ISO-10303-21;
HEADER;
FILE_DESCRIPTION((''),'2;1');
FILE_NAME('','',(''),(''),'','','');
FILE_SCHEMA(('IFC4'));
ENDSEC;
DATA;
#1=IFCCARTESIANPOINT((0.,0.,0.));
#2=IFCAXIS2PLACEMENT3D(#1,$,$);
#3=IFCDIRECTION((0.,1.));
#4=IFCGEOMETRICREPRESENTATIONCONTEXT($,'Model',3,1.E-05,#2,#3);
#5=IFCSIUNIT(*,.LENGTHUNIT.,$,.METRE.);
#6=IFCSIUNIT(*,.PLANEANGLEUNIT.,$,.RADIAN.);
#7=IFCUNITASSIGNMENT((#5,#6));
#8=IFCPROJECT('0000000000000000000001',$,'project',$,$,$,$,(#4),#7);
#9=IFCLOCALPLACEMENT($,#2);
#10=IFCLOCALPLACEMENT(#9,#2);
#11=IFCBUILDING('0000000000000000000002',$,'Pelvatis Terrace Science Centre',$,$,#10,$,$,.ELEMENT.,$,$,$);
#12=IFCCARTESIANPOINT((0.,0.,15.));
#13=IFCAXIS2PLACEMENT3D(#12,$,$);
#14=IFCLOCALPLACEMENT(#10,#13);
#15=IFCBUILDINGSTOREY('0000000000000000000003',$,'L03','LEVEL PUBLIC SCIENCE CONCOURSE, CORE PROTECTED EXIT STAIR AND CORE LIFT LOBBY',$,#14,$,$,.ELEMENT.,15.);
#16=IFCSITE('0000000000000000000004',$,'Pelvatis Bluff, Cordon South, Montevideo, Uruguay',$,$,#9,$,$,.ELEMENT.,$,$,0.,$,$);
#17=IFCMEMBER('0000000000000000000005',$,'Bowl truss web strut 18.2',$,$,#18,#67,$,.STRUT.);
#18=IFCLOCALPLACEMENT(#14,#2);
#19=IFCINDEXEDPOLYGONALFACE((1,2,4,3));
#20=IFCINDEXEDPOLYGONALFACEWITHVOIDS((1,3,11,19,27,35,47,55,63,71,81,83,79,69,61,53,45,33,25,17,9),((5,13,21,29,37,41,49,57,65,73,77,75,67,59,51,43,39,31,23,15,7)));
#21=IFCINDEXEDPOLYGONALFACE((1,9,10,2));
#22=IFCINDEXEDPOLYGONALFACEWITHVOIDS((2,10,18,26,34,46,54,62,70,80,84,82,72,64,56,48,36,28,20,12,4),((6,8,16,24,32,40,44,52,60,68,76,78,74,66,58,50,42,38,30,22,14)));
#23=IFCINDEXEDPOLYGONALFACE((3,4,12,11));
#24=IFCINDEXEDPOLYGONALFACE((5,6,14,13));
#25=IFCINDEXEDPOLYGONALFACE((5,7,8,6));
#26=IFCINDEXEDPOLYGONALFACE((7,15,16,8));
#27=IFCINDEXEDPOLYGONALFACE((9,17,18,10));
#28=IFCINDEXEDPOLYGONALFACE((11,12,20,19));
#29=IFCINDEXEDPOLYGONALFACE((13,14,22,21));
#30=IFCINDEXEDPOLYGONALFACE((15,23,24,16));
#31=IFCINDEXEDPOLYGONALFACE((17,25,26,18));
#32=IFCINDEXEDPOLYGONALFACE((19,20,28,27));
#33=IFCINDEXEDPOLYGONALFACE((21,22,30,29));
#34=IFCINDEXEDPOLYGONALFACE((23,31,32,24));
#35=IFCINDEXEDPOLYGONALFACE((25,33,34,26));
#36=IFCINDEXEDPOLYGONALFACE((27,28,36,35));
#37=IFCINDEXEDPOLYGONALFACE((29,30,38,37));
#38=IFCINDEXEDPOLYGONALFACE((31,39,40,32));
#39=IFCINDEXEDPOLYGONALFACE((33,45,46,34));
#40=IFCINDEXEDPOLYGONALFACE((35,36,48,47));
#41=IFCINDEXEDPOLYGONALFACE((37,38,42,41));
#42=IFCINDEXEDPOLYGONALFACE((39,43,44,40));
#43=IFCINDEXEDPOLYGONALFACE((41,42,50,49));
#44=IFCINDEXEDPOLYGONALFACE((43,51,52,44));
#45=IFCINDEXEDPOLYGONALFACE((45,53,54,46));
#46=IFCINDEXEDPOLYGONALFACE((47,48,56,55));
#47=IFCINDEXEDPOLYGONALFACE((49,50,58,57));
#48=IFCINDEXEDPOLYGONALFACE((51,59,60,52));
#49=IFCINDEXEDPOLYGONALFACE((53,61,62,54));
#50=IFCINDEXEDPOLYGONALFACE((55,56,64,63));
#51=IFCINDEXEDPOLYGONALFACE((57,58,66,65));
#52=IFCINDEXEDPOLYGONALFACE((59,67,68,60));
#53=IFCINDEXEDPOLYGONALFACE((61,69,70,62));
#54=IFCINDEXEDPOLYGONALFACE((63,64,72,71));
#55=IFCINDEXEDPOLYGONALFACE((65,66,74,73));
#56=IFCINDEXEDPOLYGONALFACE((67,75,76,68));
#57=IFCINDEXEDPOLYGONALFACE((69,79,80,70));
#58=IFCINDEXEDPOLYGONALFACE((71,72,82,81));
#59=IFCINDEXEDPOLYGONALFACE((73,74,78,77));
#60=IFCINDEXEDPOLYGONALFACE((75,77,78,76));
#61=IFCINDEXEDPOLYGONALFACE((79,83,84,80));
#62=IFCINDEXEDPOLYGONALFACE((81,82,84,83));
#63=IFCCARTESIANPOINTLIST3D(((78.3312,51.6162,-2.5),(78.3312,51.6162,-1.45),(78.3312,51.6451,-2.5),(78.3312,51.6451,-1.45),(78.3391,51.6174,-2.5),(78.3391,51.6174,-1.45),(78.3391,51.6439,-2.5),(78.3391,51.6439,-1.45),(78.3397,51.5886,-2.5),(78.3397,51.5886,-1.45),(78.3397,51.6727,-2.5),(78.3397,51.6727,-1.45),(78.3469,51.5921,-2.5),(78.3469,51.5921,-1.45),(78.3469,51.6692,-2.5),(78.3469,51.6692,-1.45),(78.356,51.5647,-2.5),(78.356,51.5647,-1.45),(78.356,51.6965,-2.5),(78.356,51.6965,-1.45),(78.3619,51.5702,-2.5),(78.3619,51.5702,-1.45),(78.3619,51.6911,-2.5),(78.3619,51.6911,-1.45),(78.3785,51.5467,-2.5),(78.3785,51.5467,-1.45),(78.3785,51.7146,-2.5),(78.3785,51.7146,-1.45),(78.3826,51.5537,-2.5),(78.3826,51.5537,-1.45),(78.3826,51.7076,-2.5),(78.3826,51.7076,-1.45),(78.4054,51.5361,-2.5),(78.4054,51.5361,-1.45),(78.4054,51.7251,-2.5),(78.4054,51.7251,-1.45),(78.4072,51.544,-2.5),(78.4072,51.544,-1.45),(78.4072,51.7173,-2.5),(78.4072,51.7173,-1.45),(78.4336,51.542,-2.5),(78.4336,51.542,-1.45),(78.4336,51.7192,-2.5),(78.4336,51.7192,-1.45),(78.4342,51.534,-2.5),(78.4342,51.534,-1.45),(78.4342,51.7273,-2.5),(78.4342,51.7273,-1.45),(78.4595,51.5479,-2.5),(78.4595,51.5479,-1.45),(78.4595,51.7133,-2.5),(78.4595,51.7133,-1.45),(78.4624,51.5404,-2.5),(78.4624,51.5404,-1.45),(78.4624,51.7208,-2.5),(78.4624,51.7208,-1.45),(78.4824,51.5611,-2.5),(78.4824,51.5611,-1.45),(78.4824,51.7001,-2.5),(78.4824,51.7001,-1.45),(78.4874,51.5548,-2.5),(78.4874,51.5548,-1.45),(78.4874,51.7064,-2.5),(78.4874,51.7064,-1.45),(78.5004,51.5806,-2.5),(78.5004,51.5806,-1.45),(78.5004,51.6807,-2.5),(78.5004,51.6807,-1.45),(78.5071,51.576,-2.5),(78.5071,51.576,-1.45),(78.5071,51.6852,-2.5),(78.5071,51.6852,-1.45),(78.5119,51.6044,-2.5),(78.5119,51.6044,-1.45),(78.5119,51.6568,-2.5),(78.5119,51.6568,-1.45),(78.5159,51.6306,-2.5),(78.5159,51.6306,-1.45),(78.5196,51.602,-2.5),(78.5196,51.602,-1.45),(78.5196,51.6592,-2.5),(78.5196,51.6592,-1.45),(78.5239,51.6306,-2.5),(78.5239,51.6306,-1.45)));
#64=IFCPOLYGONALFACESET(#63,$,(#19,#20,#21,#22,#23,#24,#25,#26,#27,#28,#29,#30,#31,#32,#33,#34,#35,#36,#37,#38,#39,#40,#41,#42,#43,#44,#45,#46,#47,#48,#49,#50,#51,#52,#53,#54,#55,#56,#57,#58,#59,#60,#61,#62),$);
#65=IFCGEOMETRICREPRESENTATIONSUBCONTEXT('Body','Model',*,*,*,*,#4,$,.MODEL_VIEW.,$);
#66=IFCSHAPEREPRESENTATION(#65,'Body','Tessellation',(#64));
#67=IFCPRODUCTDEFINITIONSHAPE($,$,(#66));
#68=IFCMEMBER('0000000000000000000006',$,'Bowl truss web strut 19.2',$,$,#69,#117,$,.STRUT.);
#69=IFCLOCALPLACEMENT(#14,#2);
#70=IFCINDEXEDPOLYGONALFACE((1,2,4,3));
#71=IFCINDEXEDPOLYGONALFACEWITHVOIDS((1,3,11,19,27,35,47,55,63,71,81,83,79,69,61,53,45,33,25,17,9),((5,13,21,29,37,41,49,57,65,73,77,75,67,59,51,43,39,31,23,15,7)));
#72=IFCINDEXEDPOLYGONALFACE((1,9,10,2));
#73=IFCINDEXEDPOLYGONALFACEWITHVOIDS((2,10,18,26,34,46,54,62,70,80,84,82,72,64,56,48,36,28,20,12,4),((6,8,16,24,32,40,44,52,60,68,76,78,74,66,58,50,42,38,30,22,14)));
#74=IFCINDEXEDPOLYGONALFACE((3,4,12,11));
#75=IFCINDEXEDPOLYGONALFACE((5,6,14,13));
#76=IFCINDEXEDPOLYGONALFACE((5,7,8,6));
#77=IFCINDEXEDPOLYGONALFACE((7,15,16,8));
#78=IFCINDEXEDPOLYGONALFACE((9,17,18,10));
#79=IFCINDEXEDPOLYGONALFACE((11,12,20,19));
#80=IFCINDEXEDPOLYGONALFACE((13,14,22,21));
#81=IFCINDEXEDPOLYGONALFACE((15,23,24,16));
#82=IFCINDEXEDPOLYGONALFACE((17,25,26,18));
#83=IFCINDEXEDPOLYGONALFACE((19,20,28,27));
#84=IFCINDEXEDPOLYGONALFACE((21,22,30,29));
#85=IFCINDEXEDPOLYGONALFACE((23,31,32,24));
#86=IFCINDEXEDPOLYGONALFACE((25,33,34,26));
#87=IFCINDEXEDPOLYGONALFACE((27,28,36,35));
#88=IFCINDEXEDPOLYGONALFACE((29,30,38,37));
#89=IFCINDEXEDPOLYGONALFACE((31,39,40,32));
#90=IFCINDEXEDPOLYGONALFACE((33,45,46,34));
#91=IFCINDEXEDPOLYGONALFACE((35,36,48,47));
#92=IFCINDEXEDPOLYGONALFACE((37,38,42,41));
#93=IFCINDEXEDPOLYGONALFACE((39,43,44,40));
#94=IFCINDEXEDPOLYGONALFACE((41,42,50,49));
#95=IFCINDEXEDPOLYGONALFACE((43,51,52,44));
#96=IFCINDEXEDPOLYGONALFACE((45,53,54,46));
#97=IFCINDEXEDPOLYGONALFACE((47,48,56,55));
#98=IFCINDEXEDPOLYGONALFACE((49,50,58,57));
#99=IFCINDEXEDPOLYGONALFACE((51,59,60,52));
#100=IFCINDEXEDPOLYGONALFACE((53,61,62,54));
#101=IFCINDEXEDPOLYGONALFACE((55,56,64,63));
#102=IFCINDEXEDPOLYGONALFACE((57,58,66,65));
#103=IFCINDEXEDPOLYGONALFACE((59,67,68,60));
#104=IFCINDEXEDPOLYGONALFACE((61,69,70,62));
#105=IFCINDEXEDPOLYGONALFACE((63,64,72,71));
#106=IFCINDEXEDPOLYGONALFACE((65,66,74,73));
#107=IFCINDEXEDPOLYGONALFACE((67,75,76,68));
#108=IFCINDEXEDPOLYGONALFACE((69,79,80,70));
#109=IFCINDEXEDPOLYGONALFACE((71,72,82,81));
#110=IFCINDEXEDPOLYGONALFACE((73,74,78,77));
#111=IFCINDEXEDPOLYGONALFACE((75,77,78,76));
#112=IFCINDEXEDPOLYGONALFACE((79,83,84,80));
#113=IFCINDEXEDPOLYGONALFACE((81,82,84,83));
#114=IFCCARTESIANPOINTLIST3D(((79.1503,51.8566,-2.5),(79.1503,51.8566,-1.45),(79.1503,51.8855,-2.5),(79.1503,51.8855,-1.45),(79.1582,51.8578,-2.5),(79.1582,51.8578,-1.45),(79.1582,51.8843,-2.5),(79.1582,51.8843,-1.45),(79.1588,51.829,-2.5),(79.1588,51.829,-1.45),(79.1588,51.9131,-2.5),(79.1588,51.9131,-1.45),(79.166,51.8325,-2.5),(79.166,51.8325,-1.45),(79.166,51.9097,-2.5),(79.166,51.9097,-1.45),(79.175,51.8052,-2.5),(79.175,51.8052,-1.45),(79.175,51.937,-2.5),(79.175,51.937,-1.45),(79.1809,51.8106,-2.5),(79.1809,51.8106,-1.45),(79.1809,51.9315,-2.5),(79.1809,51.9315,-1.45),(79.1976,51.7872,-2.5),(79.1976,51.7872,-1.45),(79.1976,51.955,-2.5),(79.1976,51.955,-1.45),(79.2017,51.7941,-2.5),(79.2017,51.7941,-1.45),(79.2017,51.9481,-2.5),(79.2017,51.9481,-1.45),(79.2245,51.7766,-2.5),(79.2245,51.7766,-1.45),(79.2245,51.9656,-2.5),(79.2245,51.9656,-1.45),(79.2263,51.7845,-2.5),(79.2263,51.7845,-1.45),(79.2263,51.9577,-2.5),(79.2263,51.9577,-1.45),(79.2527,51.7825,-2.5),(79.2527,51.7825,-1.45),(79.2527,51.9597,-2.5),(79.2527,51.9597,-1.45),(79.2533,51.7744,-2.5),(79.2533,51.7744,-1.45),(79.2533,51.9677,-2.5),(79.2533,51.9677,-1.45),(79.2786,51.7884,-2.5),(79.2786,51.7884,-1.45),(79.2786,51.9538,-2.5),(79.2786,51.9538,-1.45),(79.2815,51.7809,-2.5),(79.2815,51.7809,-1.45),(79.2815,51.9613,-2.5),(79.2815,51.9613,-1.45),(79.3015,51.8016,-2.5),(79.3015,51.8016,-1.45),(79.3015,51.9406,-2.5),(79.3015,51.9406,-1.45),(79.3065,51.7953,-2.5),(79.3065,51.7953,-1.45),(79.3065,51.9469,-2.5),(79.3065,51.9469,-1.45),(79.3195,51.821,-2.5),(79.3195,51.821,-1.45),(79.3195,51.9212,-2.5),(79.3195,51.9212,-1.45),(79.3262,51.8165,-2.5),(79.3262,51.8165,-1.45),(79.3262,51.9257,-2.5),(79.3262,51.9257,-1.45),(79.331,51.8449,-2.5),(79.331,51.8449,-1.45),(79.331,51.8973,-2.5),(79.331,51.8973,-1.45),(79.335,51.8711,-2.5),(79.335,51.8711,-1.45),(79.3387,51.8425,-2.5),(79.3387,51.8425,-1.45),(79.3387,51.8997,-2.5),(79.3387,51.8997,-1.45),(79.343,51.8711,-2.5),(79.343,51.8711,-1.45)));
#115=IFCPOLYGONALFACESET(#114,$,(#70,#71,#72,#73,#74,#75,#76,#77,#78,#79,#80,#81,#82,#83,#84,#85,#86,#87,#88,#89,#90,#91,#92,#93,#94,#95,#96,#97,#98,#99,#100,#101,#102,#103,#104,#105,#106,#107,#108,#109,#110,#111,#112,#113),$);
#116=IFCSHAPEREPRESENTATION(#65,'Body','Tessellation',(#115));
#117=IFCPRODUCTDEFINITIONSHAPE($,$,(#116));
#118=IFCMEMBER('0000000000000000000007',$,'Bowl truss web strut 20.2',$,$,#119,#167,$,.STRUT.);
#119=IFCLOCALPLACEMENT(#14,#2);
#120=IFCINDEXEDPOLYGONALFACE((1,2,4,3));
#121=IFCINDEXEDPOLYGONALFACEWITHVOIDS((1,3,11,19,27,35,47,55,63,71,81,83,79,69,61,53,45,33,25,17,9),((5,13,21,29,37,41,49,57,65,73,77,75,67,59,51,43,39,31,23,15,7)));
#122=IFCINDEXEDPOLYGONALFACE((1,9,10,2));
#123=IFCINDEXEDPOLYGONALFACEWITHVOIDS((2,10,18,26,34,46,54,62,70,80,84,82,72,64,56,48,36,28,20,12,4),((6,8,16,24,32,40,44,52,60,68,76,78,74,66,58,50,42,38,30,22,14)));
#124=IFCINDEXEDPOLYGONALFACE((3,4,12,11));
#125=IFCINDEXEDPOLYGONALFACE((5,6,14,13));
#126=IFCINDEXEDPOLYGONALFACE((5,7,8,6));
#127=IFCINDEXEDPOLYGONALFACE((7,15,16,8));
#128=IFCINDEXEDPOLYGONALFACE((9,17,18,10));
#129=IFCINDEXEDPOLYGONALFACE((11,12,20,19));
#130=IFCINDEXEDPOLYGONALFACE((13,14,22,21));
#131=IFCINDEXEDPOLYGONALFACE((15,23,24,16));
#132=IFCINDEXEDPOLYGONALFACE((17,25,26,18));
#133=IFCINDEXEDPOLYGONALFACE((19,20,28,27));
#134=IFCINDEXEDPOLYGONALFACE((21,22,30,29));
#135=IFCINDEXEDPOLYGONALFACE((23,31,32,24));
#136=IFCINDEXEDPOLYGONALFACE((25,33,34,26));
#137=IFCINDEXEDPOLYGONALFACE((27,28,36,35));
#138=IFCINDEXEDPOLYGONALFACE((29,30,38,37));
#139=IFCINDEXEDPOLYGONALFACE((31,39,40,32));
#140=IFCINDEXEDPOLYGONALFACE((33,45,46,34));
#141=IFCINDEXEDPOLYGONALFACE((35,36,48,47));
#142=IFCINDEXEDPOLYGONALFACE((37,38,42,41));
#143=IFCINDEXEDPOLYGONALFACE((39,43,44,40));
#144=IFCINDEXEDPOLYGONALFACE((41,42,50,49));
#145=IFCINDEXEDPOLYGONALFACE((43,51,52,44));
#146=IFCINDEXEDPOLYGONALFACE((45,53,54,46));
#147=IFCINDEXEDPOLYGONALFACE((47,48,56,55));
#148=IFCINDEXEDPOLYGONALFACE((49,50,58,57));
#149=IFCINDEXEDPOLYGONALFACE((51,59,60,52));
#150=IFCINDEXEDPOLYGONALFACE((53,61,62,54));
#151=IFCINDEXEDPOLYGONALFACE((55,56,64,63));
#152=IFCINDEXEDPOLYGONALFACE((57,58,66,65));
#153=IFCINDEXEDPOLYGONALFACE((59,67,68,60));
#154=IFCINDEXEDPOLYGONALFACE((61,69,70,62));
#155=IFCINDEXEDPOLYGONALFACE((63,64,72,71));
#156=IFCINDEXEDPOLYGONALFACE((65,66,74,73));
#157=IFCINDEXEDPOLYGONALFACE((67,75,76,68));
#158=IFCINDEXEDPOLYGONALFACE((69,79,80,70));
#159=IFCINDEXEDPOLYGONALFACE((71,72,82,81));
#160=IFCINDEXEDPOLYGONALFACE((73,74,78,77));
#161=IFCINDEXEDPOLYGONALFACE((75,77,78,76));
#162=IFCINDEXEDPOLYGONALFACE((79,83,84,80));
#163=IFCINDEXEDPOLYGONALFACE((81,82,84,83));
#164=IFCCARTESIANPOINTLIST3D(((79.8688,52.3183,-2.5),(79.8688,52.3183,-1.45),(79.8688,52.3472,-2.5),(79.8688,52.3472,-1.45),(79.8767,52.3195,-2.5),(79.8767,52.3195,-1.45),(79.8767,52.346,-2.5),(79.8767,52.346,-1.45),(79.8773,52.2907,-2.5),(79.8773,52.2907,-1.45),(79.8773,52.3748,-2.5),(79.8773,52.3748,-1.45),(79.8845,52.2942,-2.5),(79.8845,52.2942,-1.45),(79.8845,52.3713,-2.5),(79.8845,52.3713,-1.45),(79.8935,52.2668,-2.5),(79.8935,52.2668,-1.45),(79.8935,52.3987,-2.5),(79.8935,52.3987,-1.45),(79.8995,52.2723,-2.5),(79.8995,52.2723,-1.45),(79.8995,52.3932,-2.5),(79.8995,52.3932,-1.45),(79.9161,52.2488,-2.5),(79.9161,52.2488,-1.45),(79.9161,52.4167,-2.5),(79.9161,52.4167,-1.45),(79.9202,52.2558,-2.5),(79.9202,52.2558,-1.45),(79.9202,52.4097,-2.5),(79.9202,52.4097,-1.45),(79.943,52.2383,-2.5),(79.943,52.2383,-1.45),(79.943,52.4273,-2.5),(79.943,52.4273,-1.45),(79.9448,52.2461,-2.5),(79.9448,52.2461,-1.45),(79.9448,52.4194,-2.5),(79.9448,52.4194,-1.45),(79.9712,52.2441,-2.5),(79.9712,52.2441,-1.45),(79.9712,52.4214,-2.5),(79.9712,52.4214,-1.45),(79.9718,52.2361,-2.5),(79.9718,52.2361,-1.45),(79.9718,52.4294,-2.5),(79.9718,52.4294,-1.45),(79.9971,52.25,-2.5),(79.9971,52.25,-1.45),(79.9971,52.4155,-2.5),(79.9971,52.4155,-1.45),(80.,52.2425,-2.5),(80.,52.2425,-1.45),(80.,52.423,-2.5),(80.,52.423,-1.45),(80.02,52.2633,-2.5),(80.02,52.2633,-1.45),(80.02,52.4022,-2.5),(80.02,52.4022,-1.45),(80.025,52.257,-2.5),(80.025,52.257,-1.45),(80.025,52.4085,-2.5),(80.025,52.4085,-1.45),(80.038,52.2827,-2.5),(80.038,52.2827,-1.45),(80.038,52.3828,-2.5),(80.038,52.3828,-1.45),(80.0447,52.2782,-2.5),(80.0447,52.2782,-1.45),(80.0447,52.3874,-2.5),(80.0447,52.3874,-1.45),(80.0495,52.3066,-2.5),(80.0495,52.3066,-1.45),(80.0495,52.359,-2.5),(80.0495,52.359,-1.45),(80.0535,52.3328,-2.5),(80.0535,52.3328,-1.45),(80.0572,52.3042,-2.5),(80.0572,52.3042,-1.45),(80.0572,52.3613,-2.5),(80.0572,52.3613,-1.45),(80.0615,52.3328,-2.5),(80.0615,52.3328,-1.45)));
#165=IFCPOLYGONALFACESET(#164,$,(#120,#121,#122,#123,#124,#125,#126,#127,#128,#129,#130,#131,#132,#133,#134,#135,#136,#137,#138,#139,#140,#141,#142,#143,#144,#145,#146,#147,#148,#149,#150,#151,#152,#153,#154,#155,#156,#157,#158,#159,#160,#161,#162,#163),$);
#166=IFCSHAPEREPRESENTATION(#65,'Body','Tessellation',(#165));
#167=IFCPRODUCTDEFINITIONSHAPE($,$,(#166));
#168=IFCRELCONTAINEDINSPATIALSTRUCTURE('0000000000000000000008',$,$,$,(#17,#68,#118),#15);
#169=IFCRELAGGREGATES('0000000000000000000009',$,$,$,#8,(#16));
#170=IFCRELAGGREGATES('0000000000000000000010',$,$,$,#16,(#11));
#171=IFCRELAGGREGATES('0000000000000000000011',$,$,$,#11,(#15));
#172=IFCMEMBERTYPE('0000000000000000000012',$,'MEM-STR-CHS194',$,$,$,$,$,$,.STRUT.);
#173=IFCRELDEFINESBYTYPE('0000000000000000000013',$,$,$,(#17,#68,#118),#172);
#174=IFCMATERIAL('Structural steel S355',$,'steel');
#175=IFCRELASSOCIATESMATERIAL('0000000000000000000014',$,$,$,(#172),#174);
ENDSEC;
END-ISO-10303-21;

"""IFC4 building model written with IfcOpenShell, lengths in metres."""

from ifc_helpers import new_model, si_unit, direction, frame, origin, origin_2d, place, context, subcontext, project, spatial, hollow_circle, extrude, material, material_profile, profile_set, type_object, element, save


model = new_model("IFC4")

# Units and contexts
model_context = context("Model", 3, precision=1e-05, world=origin(), true_north=direction((0.0, 1.0)))
body_context = subcontext(model_context, "Body", "Model", "MODEL_VIEW")
ifc_project = project(units=[si_unit("LENGTHUNIT", "METRE"), si_unit("PLANEANGLEUNIT", "RADIAN")], contexts=[model_context])

# Site, building, storey
site_placement = place(None, origin())
site = spatial("IfcSite", under=ifc_project, at=site_placement, Name="Pelvatis Bluff, Cordon South, Montevideo, Uruguay", CompositionType="ELEMENT", RefElevation=0.0)
building_placement = place(site_placement, origin())
building = spatial("IfcBuilding", under=site, at=building_placement, Name="Pelvatis Terrace Science Centre", CompositionType="ELEMENT")
storey_placement = place(building_placement, frame((0.0, 0.0, 15.0)))
storey = spatial("IfcBuildingStorey", under=building, at=storey_placement, Name="L03", Description="LEVEL PUBLIC SCIENCE CONCOURSE, CORE PROTECTED EXIT STAIR AND CORE LIFT LOBBY", CompositionType="ELEMENT", Elevation=15.0)

# Members
ifc_material_1 = material(Name="Structural steel S355", Category="steel")
ifc_material_profile_1 = material_profile(ifc_material_1, hollow_circle(Radius=0.0969, WallThickness=0.0081, at=origin_2d()), Name="CHS 193.7x8.0")
ifc_profile_set_1 = profile_set([ifc_material_profile_1], Name="Structural steel S355")
member_type_1 = type_object("IfcMemberType", Name="MEM-STR-CHS194", PredefinedType="STRUT", material=ifc_profile_set_1)
for number, where, z_axis, x_axis, name in (
    (1, (78.427, 51.6306, -2.5), (0.0, 0.0, 1.0), (1.0, 0.0, 0.0), "Bowl truss web strut 18.2"),
    (2, (79.2461, 51.8711, -2.5), (0.0, 0.0, 1.0), (1.0, 0.0, 0.0), "Bowl truss web strut 19.2"),
    (3, (79.9646, 52.3328, -2.5), (0.0, 0.0, 1.0), (1.0, 0.0, 0.0), "Bowl truss web strut 20.2"),
):
    element("IfcMember", number, at=place(storey_placement, frame(where, z_axis=z_axis, x_axis=x_axis)), inside=storey, type_object=member_type_1, Name=name, PredefinedType="STRUT", context=body_context, shape_type="SweptSolid", body=[
        extrude(hollow_circle(Radius=0.0969, WallThickness=0.0081, at=origin_2d()), origin(), (0.0, 0.0, 1.0), 1.05),
    ])

save(model, "model.ifc")
